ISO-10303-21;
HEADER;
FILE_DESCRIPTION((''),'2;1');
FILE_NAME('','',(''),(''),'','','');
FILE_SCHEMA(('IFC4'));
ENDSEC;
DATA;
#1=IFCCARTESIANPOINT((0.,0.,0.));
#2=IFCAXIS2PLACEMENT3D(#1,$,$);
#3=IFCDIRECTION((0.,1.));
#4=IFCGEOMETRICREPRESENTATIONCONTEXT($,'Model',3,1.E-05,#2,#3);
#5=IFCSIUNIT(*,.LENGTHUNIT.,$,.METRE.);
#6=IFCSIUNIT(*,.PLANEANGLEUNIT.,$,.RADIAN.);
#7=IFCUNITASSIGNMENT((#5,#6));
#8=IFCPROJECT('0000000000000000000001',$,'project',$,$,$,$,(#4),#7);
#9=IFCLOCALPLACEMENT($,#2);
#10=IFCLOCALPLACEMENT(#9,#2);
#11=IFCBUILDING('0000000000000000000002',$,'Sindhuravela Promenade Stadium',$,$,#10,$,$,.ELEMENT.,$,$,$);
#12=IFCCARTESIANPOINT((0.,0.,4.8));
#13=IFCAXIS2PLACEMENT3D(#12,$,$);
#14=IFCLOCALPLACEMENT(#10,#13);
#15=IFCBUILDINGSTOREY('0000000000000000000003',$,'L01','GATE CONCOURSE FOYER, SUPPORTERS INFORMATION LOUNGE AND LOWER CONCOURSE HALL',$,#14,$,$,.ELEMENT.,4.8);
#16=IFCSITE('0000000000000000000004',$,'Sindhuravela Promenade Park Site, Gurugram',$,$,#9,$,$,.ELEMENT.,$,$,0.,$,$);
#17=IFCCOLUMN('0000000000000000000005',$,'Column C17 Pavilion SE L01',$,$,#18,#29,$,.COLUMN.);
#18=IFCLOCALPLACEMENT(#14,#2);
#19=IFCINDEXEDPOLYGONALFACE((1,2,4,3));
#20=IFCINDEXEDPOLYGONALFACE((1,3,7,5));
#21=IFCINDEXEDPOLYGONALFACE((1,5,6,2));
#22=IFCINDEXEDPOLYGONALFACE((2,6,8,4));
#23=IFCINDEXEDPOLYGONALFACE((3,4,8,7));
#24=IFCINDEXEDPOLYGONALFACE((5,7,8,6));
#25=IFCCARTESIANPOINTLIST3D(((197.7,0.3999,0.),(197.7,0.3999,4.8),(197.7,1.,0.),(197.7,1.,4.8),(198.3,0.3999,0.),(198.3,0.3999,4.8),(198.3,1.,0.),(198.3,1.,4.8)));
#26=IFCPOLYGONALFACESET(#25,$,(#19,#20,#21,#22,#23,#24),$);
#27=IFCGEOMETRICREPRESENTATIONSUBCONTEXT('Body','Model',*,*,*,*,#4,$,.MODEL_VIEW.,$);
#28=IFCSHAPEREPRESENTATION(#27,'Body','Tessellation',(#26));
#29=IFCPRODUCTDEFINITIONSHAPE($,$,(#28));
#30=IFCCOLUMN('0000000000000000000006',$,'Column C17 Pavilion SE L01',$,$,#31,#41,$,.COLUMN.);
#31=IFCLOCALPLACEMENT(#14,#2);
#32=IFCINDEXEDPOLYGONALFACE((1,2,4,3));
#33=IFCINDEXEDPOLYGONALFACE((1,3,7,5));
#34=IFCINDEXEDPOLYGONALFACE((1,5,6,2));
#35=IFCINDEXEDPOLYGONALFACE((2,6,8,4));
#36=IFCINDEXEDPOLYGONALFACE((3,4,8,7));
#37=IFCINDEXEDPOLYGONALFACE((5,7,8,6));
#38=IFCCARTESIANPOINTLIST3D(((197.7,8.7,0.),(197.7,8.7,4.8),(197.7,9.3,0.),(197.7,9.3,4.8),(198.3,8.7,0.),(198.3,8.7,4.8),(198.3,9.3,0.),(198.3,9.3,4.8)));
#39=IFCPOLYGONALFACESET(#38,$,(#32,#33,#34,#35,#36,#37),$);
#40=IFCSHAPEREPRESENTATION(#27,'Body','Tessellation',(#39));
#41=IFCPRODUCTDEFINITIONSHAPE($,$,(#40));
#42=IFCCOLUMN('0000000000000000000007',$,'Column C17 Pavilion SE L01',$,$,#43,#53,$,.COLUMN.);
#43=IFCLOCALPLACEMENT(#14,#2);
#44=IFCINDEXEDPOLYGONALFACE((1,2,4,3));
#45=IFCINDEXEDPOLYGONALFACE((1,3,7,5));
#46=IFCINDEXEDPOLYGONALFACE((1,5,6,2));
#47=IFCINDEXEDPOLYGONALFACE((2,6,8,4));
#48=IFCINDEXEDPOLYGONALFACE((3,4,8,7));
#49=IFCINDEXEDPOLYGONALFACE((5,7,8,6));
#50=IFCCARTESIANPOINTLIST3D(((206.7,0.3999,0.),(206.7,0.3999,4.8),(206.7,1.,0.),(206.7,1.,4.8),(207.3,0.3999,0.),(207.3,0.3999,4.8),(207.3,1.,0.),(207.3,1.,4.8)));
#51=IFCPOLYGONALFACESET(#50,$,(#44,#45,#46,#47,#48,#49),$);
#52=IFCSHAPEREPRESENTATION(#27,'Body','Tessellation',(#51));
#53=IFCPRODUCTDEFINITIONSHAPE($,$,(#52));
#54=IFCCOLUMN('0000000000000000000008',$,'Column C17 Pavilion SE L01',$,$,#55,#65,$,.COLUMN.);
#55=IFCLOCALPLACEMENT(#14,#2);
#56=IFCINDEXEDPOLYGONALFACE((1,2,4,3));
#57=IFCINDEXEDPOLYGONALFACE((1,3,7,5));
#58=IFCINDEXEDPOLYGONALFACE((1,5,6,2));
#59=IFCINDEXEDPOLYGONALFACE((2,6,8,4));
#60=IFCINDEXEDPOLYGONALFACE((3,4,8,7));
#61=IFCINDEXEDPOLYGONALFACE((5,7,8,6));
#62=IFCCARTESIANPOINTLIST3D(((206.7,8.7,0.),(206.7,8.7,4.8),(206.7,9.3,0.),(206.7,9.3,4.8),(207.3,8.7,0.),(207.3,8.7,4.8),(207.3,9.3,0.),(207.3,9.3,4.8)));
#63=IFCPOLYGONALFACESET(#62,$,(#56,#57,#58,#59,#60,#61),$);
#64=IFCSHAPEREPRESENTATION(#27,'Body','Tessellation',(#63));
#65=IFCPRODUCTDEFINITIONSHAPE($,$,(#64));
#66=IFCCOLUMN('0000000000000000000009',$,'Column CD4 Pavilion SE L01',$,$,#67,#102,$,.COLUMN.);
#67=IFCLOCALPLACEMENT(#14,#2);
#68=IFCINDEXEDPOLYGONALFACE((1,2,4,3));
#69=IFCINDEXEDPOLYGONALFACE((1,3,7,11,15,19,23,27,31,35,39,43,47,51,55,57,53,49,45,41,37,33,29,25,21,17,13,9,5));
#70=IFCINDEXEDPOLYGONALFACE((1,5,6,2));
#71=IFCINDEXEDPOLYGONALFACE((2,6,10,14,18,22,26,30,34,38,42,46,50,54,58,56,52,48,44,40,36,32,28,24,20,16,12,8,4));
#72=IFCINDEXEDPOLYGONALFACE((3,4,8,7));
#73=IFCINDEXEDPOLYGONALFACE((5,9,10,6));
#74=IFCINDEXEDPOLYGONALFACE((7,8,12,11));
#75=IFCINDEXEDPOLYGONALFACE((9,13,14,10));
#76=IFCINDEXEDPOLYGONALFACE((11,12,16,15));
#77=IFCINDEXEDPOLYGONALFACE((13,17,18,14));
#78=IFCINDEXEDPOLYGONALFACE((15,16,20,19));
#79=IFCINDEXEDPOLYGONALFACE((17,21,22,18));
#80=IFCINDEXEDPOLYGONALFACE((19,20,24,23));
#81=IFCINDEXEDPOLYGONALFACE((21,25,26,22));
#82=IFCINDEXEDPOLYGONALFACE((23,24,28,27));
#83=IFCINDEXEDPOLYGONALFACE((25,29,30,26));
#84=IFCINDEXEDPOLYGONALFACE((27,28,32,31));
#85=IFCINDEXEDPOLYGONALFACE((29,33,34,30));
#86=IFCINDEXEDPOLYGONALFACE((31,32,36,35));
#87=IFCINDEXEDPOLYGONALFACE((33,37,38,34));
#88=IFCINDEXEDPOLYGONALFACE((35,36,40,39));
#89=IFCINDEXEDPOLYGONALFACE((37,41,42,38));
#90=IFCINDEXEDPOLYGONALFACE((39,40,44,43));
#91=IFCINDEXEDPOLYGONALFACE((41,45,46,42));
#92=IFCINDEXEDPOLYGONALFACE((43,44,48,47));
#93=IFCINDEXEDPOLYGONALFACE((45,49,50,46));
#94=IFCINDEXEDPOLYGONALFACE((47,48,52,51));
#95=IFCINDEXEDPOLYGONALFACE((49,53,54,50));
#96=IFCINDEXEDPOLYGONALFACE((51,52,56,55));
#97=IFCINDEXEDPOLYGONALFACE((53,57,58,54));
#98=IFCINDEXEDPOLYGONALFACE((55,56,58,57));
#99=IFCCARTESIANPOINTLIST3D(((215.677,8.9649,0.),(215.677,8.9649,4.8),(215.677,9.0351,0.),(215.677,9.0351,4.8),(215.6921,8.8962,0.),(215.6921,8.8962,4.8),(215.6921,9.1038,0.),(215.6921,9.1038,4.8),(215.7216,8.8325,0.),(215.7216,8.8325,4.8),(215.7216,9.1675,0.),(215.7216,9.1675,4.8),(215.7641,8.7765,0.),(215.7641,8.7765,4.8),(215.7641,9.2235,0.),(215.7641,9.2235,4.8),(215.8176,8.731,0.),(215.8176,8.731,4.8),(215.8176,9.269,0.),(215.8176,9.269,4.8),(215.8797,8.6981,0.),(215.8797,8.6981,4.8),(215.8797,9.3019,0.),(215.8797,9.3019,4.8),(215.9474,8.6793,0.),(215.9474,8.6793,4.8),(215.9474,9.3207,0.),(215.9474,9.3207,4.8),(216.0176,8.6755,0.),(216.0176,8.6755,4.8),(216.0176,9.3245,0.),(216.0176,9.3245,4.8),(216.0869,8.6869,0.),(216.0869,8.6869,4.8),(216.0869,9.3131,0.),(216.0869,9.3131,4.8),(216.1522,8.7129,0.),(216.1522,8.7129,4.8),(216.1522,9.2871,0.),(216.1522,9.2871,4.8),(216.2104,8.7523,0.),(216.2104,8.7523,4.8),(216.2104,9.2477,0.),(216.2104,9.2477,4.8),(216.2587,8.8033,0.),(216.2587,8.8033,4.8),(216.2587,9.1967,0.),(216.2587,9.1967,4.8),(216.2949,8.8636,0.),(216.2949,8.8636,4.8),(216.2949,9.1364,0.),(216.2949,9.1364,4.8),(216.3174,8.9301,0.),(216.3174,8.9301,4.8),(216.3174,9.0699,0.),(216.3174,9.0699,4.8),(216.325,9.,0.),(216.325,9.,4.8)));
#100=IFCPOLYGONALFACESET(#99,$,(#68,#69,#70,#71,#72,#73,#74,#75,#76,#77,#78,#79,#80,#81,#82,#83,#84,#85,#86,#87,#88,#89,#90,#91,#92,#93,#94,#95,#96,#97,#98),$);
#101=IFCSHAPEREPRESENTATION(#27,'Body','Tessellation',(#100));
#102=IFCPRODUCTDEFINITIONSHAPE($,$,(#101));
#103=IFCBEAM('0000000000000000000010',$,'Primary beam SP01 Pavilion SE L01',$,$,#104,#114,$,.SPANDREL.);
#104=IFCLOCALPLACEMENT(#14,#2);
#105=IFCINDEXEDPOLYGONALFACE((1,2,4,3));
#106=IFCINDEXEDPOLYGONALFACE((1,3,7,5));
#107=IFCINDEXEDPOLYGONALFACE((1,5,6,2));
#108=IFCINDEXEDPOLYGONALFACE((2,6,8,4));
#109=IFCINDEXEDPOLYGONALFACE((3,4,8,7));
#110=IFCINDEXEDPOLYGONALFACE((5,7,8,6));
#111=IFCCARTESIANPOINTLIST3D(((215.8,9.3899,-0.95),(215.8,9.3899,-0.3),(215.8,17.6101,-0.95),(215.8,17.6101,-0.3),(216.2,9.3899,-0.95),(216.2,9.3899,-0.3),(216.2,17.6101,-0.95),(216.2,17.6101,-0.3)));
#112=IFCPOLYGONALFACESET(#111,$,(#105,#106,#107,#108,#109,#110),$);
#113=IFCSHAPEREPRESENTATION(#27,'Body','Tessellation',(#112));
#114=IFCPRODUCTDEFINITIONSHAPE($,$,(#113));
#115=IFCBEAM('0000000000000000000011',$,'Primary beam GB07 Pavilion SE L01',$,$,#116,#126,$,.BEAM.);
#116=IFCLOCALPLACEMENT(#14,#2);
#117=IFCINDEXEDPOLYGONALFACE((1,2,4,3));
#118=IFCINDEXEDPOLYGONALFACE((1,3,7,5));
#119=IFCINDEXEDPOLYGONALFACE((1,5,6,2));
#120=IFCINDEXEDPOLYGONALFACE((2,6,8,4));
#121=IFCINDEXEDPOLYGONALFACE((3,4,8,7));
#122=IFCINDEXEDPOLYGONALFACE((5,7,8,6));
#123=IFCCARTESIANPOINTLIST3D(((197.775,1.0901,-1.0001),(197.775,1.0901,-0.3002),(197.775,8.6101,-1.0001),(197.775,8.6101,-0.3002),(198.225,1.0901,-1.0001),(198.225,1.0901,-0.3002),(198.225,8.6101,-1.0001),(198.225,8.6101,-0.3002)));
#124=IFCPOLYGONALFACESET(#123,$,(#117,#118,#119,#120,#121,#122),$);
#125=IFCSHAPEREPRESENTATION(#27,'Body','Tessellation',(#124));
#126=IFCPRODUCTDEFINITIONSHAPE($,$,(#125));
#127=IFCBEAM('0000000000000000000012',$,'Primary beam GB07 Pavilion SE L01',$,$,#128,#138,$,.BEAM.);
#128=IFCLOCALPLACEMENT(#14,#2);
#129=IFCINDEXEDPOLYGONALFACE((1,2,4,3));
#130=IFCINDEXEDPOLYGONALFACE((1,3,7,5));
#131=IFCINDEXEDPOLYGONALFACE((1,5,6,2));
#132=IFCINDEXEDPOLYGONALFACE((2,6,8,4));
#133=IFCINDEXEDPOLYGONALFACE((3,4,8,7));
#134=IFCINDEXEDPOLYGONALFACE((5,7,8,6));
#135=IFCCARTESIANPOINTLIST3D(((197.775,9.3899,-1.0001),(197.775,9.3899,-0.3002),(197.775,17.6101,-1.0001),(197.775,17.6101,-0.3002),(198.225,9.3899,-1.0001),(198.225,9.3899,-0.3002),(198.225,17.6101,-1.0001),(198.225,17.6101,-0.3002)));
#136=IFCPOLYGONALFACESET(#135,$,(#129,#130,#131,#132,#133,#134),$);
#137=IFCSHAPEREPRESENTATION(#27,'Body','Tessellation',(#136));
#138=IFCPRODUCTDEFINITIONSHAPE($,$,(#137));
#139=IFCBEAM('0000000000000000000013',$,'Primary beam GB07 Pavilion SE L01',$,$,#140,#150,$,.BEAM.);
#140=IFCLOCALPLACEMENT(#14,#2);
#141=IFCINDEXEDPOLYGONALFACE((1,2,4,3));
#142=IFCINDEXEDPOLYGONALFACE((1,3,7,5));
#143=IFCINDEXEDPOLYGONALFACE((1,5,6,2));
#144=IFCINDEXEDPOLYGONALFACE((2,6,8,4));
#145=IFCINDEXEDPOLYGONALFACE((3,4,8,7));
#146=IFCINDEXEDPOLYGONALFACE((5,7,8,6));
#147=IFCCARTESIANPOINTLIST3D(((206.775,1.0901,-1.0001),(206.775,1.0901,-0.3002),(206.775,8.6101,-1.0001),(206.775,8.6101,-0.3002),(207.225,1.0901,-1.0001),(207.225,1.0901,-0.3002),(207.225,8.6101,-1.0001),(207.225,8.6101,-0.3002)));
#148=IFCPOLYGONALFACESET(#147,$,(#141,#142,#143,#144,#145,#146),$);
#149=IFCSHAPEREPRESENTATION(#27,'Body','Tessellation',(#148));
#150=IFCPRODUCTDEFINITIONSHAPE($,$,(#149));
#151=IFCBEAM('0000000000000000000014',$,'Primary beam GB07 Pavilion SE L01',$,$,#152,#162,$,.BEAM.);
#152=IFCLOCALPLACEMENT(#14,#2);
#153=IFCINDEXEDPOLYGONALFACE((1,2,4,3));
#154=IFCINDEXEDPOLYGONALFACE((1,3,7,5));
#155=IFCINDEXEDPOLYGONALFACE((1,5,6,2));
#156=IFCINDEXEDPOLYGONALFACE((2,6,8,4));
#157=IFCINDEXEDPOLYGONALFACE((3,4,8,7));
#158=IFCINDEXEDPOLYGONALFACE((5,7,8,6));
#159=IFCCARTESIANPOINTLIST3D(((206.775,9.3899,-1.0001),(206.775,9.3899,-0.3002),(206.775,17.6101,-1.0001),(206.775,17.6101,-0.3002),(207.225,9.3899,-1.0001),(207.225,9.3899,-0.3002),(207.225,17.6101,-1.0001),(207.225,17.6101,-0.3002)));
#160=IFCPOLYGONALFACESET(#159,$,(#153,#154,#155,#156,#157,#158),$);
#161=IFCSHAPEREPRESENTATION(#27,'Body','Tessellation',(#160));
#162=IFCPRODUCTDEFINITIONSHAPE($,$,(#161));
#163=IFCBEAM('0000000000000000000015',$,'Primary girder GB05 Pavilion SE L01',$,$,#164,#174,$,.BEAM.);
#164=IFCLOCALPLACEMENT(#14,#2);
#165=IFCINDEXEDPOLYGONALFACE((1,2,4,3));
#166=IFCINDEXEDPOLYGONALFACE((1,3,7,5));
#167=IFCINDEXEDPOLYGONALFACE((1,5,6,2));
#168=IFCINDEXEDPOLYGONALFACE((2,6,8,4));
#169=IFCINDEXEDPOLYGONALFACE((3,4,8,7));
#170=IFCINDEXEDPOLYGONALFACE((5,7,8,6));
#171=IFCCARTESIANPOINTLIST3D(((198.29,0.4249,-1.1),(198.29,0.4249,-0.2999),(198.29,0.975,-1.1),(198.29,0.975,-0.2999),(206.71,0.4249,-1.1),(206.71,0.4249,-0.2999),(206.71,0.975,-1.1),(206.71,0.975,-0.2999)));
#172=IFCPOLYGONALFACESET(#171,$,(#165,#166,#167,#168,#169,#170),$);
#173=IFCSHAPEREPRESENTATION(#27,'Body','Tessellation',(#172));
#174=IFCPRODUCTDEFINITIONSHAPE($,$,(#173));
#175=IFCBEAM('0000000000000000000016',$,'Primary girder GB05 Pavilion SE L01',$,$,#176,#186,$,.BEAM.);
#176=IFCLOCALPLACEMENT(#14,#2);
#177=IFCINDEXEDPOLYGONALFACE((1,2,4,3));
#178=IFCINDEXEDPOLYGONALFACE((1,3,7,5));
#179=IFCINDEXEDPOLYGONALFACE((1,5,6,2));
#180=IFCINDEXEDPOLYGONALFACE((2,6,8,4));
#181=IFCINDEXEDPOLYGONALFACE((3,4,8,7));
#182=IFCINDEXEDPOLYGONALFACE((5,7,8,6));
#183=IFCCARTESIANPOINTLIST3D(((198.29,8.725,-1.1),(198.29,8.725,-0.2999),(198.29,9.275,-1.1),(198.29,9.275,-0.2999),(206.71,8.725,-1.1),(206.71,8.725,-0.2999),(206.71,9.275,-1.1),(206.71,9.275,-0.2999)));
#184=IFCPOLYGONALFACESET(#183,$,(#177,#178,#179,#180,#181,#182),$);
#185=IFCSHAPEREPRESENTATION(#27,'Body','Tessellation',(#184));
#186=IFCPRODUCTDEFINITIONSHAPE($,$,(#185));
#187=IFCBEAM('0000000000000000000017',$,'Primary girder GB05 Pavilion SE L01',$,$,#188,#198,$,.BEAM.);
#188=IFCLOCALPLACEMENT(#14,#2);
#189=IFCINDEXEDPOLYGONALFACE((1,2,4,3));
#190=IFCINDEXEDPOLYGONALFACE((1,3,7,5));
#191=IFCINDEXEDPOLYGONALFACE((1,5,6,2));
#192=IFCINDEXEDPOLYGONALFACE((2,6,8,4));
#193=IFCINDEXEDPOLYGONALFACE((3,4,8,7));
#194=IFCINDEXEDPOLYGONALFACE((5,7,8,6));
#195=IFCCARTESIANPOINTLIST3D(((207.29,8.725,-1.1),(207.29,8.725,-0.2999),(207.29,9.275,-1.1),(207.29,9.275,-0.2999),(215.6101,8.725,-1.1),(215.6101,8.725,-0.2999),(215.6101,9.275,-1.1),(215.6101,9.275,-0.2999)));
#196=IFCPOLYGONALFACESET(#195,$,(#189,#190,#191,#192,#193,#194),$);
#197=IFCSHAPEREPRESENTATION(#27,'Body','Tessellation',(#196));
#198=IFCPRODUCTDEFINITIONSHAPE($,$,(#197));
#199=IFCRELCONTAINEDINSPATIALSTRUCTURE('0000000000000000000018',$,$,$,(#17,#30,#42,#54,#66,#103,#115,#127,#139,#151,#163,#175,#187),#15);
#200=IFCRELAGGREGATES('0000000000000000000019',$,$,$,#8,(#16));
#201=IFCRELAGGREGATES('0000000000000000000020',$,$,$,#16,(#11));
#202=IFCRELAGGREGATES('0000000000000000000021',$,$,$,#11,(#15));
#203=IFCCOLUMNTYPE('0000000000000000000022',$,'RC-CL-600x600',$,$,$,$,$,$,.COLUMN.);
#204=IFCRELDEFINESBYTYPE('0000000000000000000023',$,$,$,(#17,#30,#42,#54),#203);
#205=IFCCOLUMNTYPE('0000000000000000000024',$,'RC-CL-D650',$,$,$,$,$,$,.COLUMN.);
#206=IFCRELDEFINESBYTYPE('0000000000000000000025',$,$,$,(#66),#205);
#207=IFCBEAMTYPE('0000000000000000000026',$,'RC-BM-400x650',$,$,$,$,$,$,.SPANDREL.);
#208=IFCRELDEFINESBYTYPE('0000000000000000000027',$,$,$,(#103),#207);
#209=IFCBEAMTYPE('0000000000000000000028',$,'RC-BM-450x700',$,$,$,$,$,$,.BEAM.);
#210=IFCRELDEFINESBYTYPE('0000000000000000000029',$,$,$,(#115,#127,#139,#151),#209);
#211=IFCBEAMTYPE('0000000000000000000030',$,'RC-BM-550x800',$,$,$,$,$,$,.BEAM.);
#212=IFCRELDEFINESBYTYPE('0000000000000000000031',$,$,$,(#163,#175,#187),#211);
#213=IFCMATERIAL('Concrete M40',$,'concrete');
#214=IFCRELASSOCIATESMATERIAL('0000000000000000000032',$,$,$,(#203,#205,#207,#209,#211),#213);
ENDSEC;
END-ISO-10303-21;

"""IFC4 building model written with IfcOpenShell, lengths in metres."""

from ifc_helpers import new_model, si_unit, direction, frame, origin, origin_2d, place, context, subcontext, project, spatial, rectangle, circle, extrude, material, material_profile, profile_set, type_object, element, save


model = new_model("IFC4")

# Units and contexts
model_context = context("Model", 3, precision=1e-05, world=origin(), true_north=direction((0.0, 1.0)))
body_context = subcontext(model_context, "Body", "Model", "MODEL_VIEW")
ifc_project = project(units=[si_unit("LENGTHUNIT", "METRE"), si_unit("PLANEANGLEUNIT", "RADIAN")], contexts=[model_context])

# Site, building, storey
site_placement = place(None, origin())
site = spatial("IfcSite", under=ifc_project, at=site_placement, Name="Sindhuravela Promenade Park Site, Gurugram", CompositionType="ELEMENT", RefElevation=0.0)
building_placement = place(site_placement, origin())
building = spatial("IfcBuilding", under=site, at=building_placement, Name="Sindhuravela Promenade Stadium", CompositionType="ELEMENT")
storey_placement = place(building_placement, frame((0.0, 0.0, 4.8)))
storey = spatial("IfcBuildingStorey", under=building, at=storey_placement, Name="L01", Description="GATE CONCOURSE FOYER, SUPPORTERS INFORMATION LOUNGE AND LOWER CONCOURSE HALL", CompositionType="ELEMENT", Elevation=4.8)

# Columns
ifc_material_1 = material(Name="Concrete M40", Category="concrete")
ifc_material_profile_1 = material_profile(ifc_material_1, rectangle(XDim=0.6001, YDim=0.6001, at=origin_2d()), Name="RC 600x600")
ifc_profile_set_1 = profile_set([ifc_material_profile_1], Name="Concrete M40")
column_type_1 = type_object("IfcColumnType", Name="RC-CL-600x600", PredefinedType="COLUMN", material=ifc_profile_set_1)
for number, where, z_axis, x_axis, name in (
    (1, (198.0, 0.7, 0.0), (0.0, 0.0, 1.0), (1.0, 0.0, 0.0), "Column C17 Pavilion SE L01"),
    (2, (198.0, 9.0, 0.0), (0.0, 0.0, 1.0), (1.0, 0.0, 0.0), "Column C17 Pavilion SE L01"),
    (3, (207.0, 0.7, 0.0), (0.0, 0.0, 1.0), (1.0, 0.0, 0.0), "Column C17 Pavilion SE L01"),
    (4, (207.0, 9.0, 0.0), (0.0, 0.0, 1.0), (1.0, 0.0, 0.0), "Column C17 Pavilion SE L01"),
):
    element("IfcColumn", number, at=place(storey_placement, frame(where, z_axis=z_axis, x_axis=x_axis)), inside=storey, type_object=column_type_1, Name=name, PredefinedType="COLUMN", context=body_context, shape_type="SweptSolid", body=[
        extrude(rectangle(XDim=0.6001, YDim=0.6001, at=origin_2d()), origin(), (0.0, 0.0, 1.0), 4.8),
    ])
ifc_material_profile_2 = material_profile(ifc_material_1, circle(Radius=0.325, at=origin_2d()), Name="RC D650")
ifc_profile_set_2 = profile_set([ifc_material_profile_2], Name="Concrete M40")
column_type_2 = type_object("IfcColumnType", Name="RC-CL-D650", PredefinedType="COLUMN", material=ifc_profile_set_2)
column_placement = place(storey_placement, frame((216.0, 9.0, 0.0), z_axis=(0.0, 0.0, 1.0), x_axis=(1.0, 0.0, 0.0)))
element("IfcColumn", 5, at=column_placement, inside=storey, type_object=column_type_2, Name="Column CD4 Pavilion SE L01", PredefinedType="COLUMN", context=body_context, shape_type="SweptSolid", body=[
    extrude(circle(Radius=0.325, at=origin_2d()), origin(), (0.0, 0.0, 1.0), 4.8),
])

# Beams
ifc_material_profile_3 = material_profile(ifc_material_1, rectangle(XDim=0.3999, YDim=0.6499, at=origin_2d()), Name="RC 400x650")
ifc_profile_set_3 = profile_set([ifc_material_profile_3], Name="Concrete M40")
beam_type_1 = type_object("IfcBeamType", Name="RC-BM-400x650", PredefinedType="SPANDREL", material=ifc_profile_set_3)
beam_1_placement = place(storey_placement, frame((216.0, 9.3899, -0.625), z_axis=(0.0, 1.0, 0.0), x_axis=(-1.0, 0.0, 0.0)))
element("IfcBeam", 6, at=beam_1_placement, inside=storey, type_object=beam_type_1, Name="Primary beam SP01 Pavilion SE L01", PredefinedType="SPANDREL", context=body_context, shape_type="SweptSolid", body=[
    extrude(rectangle(XDim=0.3999, YDim=0.6499, at=origin_2d()), origin(), (0.0, 0.0, 1.0), 8.2202),
])
ifc_material_profile_4 = material_profile(ifc_material_1, rectangle(XDim=0.45, YDim=0.7, at=origin_2d()), Name="RC 450x700")
ifc_profile_set_4 = profile_set([ifc_material_profile_4], Name="Concrete M40")
beam_type_2 = type_object("IfcBeamType", Name="RC-BM-450x700", PredefinedType="BEAM", material=ifc_profile_set_4)
beam_2_placement = place(storey_placement, frame((198.0, 1.0901, -0.6501), z_axis=(0.0, 1.0, 0.0), x_axis=(-1.0, 0.0, 0.0)))
element("IfcBeam", 7, at=beam_2_placement, inside=storey, type_object=beam_type_2, Name="Primary beam GB07 Pavilion SE L01", PredefinedType="BEAM", context=body_context, shape_type="SweptSolid", body=[
    extrude(rectangle(XDim=0.45, YDim=0.7, at=origin_2d()), origin(), (0.0, 0.0, 1.0), 7.52),
])
beam_3_placement = place(storey_placement, frame((198.0, 9.3899, -0.6501), z_axis=(0.0, 1.0, 0.0), x_axis=(-1.0, 0.0, 0.0)))
element("IfcBeam", 8, at=beam_3_placement, inside=storey, type_object=beam_type_2, Name="Primary beam GB07 Pavilion SE L01", PredefinedType="BEAM", context=body_context, shape_type="SweptSolid", body=[
    extrude(rectangle(XDim=0.45, YDim=0.7, at=origin_2d()), origin(), (0.0, 0.0, 1.0), 8.2202),
])
beam_4_placement = place(storey_placement, frame((207.0, 1.0901, -0.6501), z_axis=(0.0, 1.0, 0.0), x_axis=(-1.0, 0.0, 0.0)))
element("IfcBeam", 9, at=beam_4_placement, inside=storey, type_object=beam_type_2, Name="Primary beam GB07 Pavilion SE L01", PredefinedType="BEAM", context=body_context, shape_type="SweptSolid", body=[
    extrude(rectangle(XDim=0.45, YDim=0.7, at=origin_2d()), origin(), (0.0, 0.0, 1.0), 7.52),
])
beam_5_placement = place(storey_placement, frame((207.0, 9.3899, -0.6501), z_axis=(0.0, 1.0, 0.0), x_axis=(-1.0, 0.0, 0.0)))
element("IfcBeam", 10, at=beam_5_placement, inside=storey, type_object=beam_type_2, Name="Primary beam GB07 Pavilion SE L01", PredefinedType="BEAM", context=body_context, shape_type="SweptSolid", body=[
    extrude(rectangle(XDim=0.45, YDim=0.7, at=origin_2d()), origin(), (0.0, 0.0, 1.0), 8.2202),
])
ifc_material_profile_5 = material_profile(ifc_material_1, rectangle(XDim=0.55, YDim=0.8, at=origin_2d()), Name="RC 550x800")
ifc_profile_set_5 = profile_set([ifc_material_profile_5], Name="Concrete M40")
beam_type_3 = type_object("IfcBeamType", Name="RC-BM-550x800", PredefinedType="BEAM", material=ifc_profile_set_5)
for number, where, z_axis, x_axis, name in (
    (11, (198.29, 0.7, -0.7), (1.0, 0.0, 0.0), (0.0, 1.0, 0.0), "Primary girder GB05 Pavilion SE L01"),
    (12, (198.29, 9.0, -0.7), (1.0, 0.0, 0.0), (0.0, 1.0, 0.0), "Primary girder GB05 Pavilion SE L01"),
):
    element("IfcBeam", number, at=place(storey_placement, frame(where, z_axis=z_axis, x_axis=x_axis)), inside=storey, type_object=beam_type_3, Name=name, PredefinedType="BEAM", context=body_context, shape_type="SweptSolid", body=[
        extrude(rectangle(XDim=0.55, YDim=0.8, at=origin_2d()), origin(), (0.0, 0.0, 1.0), 8.4199),
    ])
beam_6_placement = place(storey_placement, frame((207.29, 9.0, -0.7), z_axis=(1.0, 0.0, 0.0), x_axis=(0.0, 1.0, 0.0)))
element("IfcBeam", 13, at=beam_6_placement, inside=storey, type_object=beam_type_3, Name="Primary girder GB05 Pavilion SE L01", PredefinedType="BEAM", context=body_context, shape_type="SweptSolid", body=[
    extrude(rectangle(XDim=0.55, YDim=0.8, at=origin_2d()), origin(), (0.0, 0.0, 1.0), 8.3201),
])

save(model, "model.ifc")
